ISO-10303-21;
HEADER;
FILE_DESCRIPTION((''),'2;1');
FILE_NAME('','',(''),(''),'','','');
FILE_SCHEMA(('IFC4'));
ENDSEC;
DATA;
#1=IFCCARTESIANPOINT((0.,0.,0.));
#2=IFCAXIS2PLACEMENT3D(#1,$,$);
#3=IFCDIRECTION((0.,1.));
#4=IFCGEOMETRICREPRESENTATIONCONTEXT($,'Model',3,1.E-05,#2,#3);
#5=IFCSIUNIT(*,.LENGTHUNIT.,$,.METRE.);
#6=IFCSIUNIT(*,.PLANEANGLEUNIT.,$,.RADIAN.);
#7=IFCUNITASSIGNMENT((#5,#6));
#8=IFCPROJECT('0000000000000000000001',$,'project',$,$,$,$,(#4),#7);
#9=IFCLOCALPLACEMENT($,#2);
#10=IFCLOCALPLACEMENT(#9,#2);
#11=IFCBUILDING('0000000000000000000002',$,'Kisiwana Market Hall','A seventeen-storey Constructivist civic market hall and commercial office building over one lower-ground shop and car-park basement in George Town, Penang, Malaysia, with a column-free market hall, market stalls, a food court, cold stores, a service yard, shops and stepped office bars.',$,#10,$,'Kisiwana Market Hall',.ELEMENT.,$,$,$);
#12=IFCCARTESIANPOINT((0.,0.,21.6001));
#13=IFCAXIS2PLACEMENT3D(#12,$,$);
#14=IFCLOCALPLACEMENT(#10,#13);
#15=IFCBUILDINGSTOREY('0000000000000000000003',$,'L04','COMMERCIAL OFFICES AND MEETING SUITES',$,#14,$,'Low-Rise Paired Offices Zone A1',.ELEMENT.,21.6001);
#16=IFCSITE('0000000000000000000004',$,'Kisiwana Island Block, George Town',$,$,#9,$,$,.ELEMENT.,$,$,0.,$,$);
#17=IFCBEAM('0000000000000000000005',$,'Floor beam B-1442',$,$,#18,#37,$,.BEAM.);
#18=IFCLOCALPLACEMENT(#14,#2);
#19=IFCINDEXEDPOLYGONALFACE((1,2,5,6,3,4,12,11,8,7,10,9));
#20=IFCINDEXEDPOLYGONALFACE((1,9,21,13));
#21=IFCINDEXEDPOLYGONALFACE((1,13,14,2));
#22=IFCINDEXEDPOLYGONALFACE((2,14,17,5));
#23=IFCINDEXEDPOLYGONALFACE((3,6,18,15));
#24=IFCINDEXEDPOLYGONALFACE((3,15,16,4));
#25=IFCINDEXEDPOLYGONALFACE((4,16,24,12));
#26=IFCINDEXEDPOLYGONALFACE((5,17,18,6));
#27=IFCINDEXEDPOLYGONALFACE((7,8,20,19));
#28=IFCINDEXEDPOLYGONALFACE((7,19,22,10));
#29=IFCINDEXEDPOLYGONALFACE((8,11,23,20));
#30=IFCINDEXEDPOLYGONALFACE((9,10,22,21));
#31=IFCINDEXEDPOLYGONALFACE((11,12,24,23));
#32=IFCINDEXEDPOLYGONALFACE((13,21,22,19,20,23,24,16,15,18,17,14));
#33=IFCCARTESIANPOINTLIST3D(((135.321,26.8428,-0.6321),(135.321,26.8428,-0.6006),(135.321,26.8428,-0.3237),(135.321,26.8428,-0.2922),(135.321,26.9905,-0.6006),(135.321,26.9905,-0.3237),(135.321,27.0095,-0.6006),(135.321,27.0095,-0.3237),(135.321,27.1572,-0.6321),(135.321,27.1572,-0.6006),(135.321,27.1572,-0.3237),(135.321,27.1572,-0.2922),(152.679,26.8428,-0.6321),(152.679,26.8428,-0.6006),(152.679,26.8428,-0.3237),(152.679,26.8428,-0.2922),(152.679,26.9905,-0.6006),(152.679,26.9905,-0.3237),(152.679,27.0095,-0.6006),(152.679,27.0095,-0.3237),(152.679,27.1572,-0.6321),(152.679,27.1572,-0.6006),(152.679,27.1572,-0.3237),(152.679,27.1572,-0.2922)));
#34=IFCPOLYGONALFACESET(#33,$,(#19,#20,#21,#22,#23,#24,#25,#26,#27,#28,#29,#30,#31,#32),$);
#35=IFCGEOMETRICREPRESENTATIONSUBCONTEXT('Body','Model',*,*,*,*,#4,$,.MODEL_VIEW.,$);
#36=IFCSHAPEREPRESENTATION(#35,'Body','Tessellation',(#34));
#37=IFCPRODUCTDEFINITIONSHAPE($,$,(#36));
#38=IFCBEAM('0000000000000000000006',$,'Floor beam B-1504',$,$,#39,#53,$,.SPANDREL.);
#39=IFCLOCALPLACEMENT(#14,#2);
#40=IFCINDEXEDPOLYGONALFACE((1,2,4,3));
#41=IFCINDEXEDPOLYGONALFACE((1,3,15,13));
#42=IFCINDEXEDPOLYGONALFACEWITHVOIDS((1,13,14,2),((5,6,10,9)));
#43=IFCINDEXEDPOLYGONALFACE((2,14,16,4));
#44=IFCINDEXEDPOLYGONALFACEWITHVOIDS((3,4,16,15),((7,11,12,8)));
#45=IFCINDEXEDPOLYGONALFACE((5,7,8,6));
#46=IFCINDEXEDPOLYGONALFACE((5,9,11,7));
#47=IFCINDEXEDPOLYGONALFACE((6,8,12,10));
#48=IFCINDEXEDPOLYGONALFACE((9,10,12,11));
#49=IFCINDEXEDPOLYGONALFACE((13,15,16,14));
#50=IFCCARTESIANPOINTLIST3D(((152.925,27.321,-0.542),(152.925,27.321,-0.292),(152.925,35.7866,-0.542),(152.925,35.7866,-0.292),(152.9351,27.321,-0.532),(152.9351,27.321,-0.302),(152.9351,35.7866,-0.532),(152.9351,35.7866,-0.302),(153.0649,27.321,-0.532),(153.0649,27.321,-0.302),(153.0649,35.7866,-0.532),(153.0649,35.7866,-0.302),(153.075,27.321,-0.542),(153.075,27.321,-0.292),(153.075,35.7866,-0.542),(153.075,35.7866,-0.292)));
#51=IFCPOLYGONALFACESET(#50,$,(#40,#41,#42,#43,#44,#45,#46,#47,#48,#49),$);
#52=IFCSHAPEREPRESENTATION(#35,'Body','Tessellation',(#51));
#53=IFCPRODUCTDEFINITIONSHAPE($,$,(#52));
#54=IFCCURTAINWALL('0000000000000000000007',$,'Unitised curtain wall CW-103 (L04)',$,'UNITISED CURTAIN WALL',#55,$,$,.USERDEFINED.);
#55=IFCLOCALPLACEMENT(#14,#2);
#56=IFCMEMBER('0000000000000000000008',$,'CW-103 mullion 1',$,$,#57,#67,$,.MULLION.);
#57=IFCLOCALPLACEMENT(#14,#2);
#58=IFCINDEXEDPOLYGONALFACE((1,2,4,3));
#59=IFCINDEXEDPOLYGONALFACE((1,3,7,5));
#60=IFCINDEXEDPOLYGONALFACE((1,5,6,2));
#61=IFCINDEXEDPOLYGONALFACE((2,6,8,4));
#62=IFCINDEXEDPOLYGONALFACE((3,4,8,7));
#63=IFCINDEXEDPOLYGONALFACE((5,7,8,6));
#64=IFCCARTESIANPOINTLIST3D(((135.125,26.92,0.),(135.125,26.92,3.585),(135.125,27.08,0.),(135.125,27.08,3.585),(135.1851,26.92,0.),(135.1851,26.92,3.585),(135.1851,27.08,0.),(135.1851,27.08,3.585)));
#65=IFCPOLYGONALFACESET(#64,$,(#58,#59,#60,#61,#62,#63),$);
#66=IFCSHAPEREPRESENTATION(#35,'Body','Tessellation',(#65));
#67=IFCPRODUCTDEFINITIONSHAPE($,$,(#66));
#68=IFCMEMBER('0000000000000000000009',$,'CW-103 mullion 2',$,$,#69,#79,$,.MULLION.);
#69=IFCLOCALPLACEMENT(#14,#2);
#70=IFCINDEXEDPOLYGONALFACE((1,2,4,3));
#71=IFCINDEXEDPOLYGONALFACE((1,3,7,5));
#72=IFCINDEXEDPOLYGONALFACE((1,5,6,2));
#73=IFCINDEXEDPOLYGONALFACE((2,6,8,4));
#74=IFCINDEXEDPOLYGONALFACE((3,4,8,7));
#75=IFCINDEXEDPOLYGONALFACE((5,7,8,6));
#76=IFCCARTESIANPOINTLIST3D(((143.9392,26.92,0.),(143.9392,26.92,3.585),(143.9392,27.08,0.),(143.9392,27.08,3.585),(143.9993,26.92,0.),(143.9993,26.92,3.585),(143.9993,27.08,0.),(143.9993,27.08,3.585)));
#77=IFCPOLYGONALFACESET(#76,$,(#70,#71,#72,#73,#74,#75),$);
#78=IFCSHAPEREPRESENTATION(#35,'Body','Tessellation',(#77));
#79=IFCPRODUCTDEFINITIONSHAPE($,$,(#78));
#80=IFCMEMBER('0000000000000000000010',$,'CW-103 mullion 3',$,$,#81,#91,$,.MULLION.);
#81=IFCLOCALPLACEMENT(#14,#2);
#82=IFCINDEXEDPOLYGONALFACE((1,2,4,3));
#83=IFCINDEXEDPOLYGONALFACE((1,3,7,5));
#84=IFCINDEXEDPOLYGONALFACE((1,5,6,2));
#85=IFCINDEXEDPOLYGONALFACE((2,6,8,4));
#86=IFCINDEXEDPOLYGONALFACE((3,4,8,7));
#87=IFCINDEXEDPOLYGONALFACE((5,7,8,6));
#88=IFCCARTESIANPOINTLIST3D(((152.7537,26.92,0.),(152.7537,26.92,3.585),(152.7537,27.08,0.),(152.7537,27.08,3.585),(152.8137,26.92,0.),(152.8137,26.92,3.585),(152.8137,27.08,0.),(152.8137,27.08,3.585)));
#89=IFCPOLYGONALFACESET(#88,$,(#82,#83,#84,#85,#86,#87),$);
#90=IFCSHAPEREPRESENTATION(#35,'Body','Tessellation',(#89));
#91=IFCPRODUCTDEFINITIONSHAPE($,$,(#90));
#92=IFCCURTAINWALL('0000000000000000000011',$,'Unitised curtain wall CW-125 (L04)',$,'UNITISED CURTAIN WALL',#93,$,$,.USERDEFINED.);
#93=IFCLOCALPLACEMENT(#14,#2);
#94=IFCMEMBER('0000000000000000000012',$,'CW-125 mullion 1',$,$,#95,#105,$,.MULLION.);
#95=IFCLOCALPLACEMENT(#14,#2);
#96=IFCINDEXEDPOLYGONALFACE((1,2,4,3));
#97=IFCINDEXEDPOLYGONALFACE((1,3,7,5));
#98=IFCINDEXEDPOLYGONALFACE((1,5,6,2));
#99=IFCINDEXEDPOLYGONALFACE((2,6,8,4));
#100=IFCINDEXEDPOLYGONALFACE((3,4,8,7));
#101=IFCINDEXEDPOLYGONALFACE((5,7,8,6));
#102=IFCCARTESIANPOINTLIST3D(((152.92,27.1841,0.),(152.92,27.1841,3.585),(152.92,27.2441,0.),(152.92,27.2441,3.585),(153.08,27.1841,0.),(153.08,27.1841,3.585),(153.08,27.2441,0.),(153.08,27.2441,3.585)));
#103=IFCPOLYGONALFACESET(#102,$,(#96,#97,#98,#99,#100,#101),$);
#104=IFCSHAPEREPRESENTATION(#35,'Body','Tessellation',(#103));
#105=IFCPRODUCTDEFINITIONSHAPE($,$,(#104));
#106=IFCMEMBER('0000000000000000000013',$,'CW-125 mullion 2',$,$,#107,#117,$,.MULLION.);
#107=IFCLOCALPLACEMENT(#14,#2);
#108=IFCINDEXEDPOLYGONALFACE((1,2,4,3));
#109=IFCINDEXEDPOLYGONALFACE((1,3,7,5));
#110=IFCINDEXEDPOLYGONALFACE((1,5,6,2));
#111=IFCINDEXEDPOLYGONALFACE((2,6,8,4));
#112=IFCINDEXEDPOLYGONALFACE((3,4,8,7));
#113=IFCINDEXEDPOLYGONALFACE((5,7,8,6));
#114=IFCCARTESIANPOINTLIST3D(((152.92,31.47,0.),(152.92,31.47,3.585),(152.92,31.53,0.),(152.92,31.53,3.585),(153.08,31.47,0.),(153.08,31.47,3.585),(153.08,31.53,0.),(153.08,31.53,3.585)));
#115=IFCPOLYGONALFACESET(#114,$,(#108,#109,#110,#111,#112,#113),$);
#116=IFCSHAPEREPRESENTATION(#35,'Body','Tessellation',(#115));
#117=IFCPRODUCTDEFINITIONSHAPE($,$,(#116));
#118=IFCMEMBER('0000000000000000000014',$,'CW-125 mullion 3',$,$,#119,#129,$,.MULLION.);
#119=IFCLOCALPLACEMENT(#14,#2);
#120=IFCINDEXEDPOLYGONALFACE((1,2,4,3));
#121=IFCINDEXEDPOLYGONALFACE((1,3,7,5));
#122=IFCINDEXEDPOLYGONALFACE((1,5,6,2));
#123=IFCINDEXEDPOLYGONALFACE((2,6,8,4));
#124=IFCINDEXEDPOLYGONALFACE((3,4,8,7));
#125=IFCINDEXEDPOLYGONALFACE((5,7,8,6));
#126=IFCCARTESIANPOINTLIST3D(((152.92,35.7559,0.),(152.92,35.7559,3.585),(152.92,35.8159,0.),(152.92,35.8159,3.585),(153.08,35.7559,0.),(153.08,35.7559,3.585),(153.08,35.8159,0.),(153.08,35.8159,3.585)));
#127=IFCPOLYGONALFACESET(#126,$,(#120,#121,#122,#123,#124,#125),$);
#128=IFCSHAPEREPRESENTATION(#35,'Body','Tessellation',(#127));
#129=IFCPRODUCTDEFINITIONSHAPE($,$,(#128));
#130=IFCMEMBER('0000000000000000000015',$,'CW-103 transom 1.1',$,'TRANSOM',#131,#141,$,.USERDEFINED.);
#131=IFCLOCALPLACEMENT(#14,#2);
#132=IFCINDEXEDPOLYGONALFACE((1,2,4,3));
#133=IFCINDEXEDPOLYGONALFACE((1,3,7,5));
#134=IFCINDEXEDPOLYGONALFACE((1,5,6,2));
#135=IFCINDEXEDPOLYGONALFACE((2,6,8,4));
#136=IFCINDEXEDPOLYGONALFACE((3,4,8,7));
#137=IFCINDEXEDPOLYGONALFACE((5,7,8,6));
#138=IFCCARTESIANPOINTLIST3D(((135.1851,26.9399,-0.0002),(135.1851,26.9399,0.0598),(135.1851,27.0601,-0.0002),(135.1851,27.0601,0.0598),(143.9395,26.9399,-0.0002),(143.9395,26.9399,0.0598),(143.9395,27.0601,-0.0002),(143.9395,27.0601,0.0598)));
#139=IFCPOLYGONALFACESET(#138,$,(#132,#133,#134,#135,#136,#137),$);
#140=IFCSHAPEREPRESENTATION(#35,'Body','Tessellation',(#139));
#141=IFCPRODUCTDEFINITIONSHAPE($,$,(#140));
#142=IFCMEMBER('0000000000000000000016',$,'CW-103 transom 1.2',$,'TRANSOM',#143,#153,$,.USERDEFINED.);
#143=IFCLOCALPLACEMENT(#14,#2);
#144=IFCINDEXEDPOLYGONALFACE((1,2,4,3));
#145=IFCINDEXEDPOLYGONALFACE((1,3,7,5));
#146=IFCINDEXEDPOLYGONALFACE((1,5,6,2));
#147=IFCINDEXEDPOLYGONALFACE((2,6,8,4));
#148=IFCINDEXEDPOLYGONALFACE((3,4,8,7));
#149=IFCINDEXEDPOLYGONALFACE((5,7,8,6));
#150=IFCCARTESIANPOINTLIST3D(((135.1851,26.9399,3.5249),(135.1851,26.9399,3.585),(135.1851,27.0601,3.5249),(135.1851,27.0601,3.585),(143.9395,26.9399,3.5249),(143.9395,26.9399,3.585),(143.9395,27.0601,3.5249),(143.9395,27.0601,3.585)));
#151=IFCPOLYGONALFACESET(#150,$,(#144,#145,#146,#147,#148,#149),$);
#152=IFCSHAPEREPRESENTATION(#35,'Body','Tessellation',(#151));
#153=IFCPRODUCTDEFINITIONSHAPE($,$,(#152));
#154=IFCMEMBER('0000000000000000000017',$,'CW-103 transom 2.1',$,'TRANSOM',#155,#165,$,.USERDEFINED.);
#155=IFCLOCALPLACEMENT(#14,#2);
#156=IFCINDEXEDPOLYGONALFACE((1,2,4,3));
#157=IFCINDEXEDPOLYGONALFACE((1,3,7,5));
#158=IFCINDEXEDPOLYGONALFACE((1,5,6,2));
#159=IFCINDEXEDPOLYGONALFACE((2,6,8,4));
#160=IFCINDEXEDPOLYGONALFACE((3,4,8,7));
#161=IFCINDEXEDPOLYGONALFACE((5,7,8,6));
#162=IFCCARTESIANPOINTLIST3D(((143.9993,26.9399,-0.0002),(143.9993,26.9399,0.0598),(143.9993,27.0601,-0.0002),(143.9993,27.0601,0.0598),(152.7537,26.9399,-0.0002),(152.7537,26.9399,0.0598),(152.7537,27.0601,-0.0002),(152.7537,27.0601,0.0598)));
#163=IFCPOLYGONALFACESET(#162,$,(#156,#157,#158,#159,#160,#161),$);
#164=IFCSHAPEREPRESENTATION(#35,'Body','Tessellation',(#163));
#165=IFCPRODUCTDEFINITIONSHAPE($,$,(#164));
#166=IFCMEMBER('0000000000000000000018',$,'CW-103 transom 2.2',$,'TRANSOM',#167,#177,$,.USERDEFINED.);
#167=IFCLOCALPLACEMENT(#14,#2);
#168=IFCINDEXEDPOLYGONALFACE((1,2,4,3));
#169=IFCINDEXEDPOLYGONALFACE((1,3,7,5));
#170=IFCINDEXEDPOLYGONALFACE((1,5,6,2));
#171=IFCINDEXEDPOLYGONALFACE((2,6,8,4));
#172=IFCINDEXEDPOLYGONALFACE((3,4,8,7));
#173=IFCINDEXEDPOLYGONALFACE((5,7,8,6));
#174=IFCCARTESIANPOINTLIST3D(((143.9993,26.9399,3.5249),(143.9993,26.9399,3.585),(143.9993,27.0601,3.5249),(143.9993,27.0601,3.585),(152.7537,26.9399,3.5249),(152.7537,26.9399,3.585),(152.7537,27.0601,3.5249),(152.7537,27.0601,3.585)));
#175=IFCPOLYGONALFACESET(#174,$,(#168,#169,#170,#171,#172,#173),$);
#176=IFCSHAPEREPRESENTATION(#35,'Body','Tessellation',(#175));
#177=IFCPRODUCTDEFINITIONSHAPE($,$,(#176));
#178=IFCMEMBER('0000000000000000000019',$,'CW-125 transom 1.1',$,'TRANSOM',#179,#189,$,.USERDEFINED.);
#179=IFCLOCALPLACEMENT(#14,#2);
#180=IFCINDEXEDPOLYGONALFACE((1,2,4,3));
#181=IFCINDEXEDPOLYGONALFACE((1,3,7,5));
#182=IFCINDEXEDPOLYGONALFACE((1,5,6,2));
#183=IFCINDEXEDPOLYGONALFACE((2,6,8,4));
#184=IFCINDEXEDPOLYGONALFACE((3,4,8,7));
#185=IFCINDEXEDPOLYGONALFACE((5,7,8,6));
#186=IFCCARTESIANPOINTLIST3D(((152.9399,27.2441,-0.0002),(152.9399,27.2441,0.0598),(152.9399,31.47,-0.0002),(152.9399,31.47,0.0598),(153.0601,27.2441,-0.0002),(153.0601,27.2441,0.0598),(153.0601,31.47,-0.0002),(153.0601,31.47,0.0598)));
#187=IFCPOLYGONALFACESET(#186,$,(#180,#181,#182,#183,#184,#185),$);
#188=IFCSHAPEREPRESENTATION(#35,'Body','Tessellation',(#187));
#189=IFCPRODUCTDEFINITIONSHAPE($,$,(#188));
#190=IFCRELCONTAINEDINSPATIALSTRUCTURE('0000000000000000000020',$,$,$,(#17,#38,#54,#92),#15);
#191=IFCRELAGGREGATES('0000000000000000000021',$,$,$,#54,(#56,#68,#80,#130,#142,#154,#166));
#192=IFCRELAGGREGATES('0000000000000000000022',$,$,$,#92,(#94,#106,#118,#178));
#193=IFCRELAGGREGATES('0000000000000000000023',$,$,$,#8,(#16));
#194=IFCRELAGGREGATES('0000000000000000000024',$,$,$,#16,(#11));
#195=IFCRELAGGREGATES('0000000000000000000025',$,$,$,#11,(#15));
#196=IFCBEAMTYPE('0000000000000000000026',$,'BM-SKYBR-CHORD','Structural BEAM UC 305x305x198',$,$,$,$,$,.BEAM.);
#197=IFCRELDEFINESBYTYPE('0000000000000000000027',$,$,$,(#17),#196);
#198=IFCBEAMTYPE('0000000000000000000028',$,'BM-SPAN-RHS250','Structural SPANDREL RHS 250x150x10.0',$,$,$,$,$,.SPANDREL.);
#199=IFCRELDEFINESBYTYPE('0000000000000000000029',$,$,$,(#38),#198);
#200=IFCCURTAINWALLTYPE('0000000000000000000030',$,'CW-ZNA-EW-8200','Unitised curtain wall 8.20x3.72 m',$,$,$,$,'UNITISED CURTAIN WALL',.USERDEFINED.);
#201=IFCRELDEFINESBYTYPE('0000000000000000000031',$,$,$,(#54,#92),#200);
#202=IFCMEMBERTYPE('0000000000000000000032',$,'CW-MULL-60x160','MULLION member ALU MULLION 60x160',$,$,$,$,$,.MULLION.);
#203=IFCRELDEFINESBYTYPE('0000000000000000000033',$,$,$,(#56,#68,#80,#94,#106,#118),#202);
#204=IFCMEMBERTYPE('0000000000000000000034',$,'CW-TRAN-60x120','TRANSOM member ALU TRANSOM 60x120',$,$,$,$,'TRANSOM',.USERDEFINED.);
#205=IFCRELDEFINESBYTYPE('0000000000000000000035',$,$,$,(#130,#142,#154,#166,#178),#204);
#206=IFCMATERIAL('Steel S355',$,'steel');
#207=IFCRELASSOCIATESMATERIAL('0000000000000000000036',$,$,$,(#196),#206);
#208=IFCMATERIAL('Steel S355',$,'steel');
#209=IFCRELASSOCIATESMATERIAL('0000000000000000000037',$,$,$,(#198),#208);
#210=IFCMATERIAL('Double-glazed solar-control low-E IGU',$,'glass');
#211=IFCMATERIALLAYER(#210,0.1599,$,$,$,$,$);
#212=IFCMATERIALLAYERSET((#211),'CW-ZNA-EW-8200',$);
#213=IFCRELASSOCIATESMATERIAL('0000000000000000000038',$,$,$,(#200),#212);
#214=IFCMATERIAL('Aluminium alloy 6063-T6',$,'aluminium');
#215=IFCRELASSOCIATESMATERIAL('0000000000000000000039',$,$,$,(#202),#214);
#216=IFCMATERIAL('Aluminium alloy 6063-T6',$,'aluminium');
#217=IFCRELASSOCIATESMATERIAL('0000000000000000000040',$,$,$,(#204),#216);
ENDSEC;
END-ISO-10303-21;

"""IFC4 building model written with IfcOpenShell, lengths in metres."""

from ifc_helpers import new_model, si_unit, direction, frame, origin, origin_2d, place, context, subcontext, project, spatial, rectangle, hollow_rectangle, i_section, extrude, material, layer, layer_set, material_profile, profile_set, type_object, element, aggregate, save


model = new_model("IFC4")

# Units and contexts
model_context = context("Model", 3, precision=1e-05, world=origin(), true_north=direction((0.0, 1.0)))
body_context = subcontext(model_context, "Body", "Model", "MODEL_VIEW")
ifc_project = project(units=[si_unit("LENGTHUNIT", "METRE"), si_unit("PLANEANGLEUNIT", "RADIAN")], contexts=[model_context])

# Site, building, storey
site_placement = place(None, origin())
site = spatial("IfcSite", under=ifc_project, at=site_placement, Name="Kisiwana Island Block, George Town", CompositionType="ELEMENT", RefElevation=0.0)
building_placement = place(site_placement, origin())
building = spatial("IfcBuilding", under=site, at=building_placement, Name="Kisiwana Market Hall", Description="A seventeen-storey Constructivist civic market hall and commercial office building over one lower-ground shop and car-park basement in George Town, Penang, Malaysia, with a column-free market hall, market stalls, a food court, cold stores, a service yard, shops and stepped office bars.", LongName="Kisiwana Market Hall", CompositionType="ELEMENT")
storey_placement = place(building_placement, frame((0.0, 0.0, 21.6001)))
storey = spatial("IfcBuildingStorey", under=building, at=storey_placement, Name="L04", Description="COMMERCIAL OFFICES AND MEETING SUITES", LongName="Low-Rise Paired Offices Zone A1", CompositionType="ELEMENT", Elevation=21.6001)

# Beams
ifc_material_1 = material(Name="Steel S355", Category="steel")
ifc_material_profile_1 = material_profile(ifc_material_1, i_section(OverallWidth=0.3145, OverallDepth=0.3398, WebThickness=0.019, FlangeThickness=0.0315, at=origin_2d()), Name="UC 305x305x198")
ifc_profile_set_1 = profile_set([ifc_material_profile_1], Name="Steel S355")
beam_type_1 = type_object("IfcBeamType", Name="BM-SKYBR-CHORD", Description="Structural BEAM UC 305x305x198", PredefinedType="BEAM", material=ifc_profile_set_1)
beam_1_placement = place(storey_placement, frame((135.321, 27.0, -0.4622), z_axis=(1.0, 0.0, 0.0), x_axis=(0.0, 1.0, 0.0)))
element("IfcBeam", 1, at=beam_1_placement, inside=storey, type_object=beam_type_1, Name="Floor beam B-1442", PredefinedType="BEAM", context=body_context, shape_type="SweptSolid", body=[
    extrude(i_section(OverallWidth=0.3145, OverallDepth=0.3398, WebThickness=0.019, FlangeThickness=0.0315, at=origin_2d()), origin(), (0.0, 0.0, 1.0), 17.3579),
])
ifc_material_2 = material(Name="Steel S355", Category="steel")
ifc_material_profile_2 = material_profile(ifc_material_2, hollow_rectangle(XDim=0.1499, YDim=0.25, WallThickness=0.01, at=origin_2d()), Name="RHS 250x150x10.0")
ifc_profile_set_2 = profile_set([ifc_material_profile_2], Name="Steel S355")
beam_type_2 = type_object("IfcBeamType", Name="BM-SPAN-RHS250", Description="Structural SPANDREL RHS 250x150x10.0", PredefinedType="SPANDREL", material=ifc_profile_set_2)
beam_2_placement = place(storey_placement, frame((153.0, 27.321, -0.417), z_axis=(0.0, 1.0, 0.0), x_axis=(-1.0, 0.0, 0.0)))
element("IfcBeam", 2, at=beam_2_placement, inside=storey, type_object=beam_type_2, Name="Floor beam B-1504", PredefinedType="SPANDREL", context=body_context, shape_type="SweptSolid", body=[
    extrude(hollow_rectangle(XDim=0.1499, YDim=0.25, WallThickness=0.01, at=origin_2d()), origin(), (0.0, 0.0, 1.0), 8.4656),
])

# Curtain walls, members
ifc_material_3 = material(Name="Double-glazed solar-control low-E IGU", Category="glass")
ifc_layer_1 = layer(ifc_material_3, 0.1599)
ifc_layer_set_1 = layer_set([ifc_layer_1], Name="CW-ZNA-EW-8200")
curtain_wall_type = type_object("IfcCurtainWallType", Name="CW-ZNA-EW-8200", Description="Unitised curtain wall 8.20x3.72 m", ElementType="UNITISED CURTAIN WALL", PredefinedType="USERDEFINED", material=ifc_layer_set_1)
curtain_wall_1_placement = place(storey_placement, origin())
curtain_wall_1 = element("IfcCurtainWall", 3, at=curtain_wall_1_placement, inside=storey, type_object=curtain_wall_type, Name="Unitised curtain wall CW-103 (L04)", ObjectType="UNITISED CURTAIN WALL", PredefinedType="USERDEFINED")
ifc_material_4 = material(Name="Aluminium alloy 6063-T6", Category="aluminium")
ifc_material_profile_3 = material_profile(ifc_material_4, rectangle(XDim=0.0601, YDim=0.1599, at=origin_2d()), Name="ALU MULLION 60x160")
ifc_profile_set_3 = profile_set([ifc_material_profile_3], Name="Aluminium alloy 6063-T6")
member_type_1 = type_object("IfcMemberType", Name="CW-MULL-60x160", Description="MULLION member ALU MULLION 60x160", PredefinedType="MULLION", material=ifc_profile_set_3)
member_1_placement = place(storey_placement, frame((135.155, 27.0, 0.0), z_axis=(0.0, 0.0, 1.0), x_axis=(1.0, 0.0, 0.0)))
member_1 = element("IfcMember", 4, at=member_1_placement, type_object=member_type_1, Name="CW-103 mullion 1", PredefinedType="MULLION", context=body_context, shape_type="SweptSolid", body=[
    extrude(rectangle(XDim=0.0601, YDim=0.1599, at=origin_2d()), origin(), (0.0, 0.0, 1.0), 3.585),
])
member_2_placement = place(storey_placement, frame((143.9692, 27.0, 0.0), z_axis=(0.0, 0.0, 1.0), x_axis=(1.0, 0.0, 0.0)))
member_2 = element("IfcMember", 5, at=member_2_placement, type_object=member_type_1, Name="CW-103 mullion 2", PredefinedType="MULLION", context=body_context, shape_type="SweptSolid", body=[
    extrude(rectangle(XDim=0.0601, YDim=0.1599, at=origin_2d()), origin(), (0.0, 0.0, 1.0), 3.585),
])
member_3_placement = place(storey_placement, frame((152.7837, 27.0, 0.0), z_axis=(0.0, 0.0, 1.0), x_axis=(1.0, 0.0, 0.0)))
member_3 = element("IfcMember", 6, at=member_3_placement, type_object=member_type_1, Name="CW-103 mullion 3", PredefinedType="MULLION", context=body_context, shape_type="SweptSolid", body=[
    extrude(rectangle(XDim=0.0601, YDim=0.1599, at=origin_2d()), origin(), (0.0, 0.0, 1.0), 3.585),
])
curtain_wall_2_placement = place(storey_placement, origin())
curtain_wall_2 = element("IfcCurtainWall", 7, at=curtain_wall_2_placement, inside=storey, type_object=curtain_wall_type, Name="Unitised curtain wall CW-125 (L04)", ObjectType="UNITISED CURTAIN WALL", PredefinedType="USERDEFINED")
member_4_placement = place(storey_placement, frame((153.0, 27.2141, 0.0), z_axis=(0.0, 0.0, 1.0), x_axis=(0.0, 1.0, 0.0)))
member_4 = element("IfcMember", 8, at=member_4_placement, type_object=member_type_1, Name="CW-125 mullion 1", PredefinedType="MULLION", context=body_context, shape_type="SweptSolid", body=[
    extrude(rectangle(XDim=0.0601, YDim=0.1599, at=origin_2d()), origin(), (0.0, 0.0, 1.0), 3.585),
])
member_5_placement = place(storey_placement, frame((153.0, 31.5, 0.0), z_axis=(0.0, 0.0, 1.0), x_axis=(0.0, 1.0, 0.0)))
member_5 = element("IfcMember", 9, at=member_5_placement, type_object=member_type_1, Name="CW-125 mullion 2", PredefinedType="MULLION", context=body_context, shape_type="SweptSolid", body=[
    extrude(rectangle(XDim=0.0601, YDim=0.1599, at=origin_2d()), origin(), (0.0, 0.0, 1.0), 3.585),
])
member_6_placement = place(storey_placement, frame((153.0, 35.7859, 0.0), z_axis=(0.0, 0.0, 1.0), x_axis=(0.0, 1.0, 0.0)))
member_6 = element("IfcMember", 10, at=member_6_placement, type_object=member_type_1, Name="CW-125 mullion 3", PredefinedType="MULLION", context=body_context, shape_type="SweptSolid", body=[
    extrude(rectangle(XDim=0.0601, YDim=0.1599, at=origin_2d()), origin(), (0.0, 0.0, 1.0), 3.585),
])

# Members
ifc_material_5 = material(Name="Aluminium alloy 6063-T6", Category="aluminium")
ifc_material_profile_4 = material_profile(ifc_material_5, rectangle(XDim=0.1201, YDim=0.0601, at=origin_2d()), Name="ALU TRANSOM 60x120")
ifc_profile_set_4 = profile_set([ifc_material_profile_4], Name="Aluminium alloy 6063-T6")
member_type_2 = type_object("IfcMemberType", Name="CW-TRAN-60x120", Description="TRANSOM member ALU TRANSOM 60x120", ElementType="TRANSOM", PredefinedType="USERDEFINED", material=ifc_profile_set_4)
member_7_placement = place(storey_placement, frame((135.1851, 27.0, 0.0298), z_axis=(1.0, 0.0, 0.0), x_axis=(0.0, 1.0, 0.0)))
member_7 = element("IfcMember", 11, at=member_7_placement, type_object=member_type_2, Name="CW-103 transom 1.1", ObjectType="TRANSOM", PredefinedType="USERDEFINED", context=body_context, shape_type="SweptSolid", body=[
    extrude(rectangle(XDim=0.1201, YDim=0.0601, at=origin_2d()), origin(), (0.0, 0.0, 1.0), 8.7544),
])
member_8_placement = place(storey_placement, frame((135.1851, 27.0, 3.5549), z_axis=(1.0, 0.0, 0.0), x_axis=(0.0, 1.0, 0.0)))
member_8 = element("IfcMember", 12, at=member_8_placement, type_object=member_type_2, Name="CW-103 transom 1.2", ObjectType="TRANSOM", PredefinedType="USERDEFINED", context=body_context, shape_type="SweptSolid", body=[
    extrude(rectangle(XDim=0.1201, YDim=0.0601, at=origin_2d()), origin(), (0.0, 0.0, 1.0), 8.7544),
])
member_9_placement = place(storey_placement, frame((143.9993, 27.0, 0.0298), z_axis=(1.0, 0.0, 0.0), x_axis=(0.0, 1.0, 0.0)))
member_9 = element("IfcMember", 13, at=member_9_placement, type_object=member_type_2, Name="CW-103 transom 2.1", ObjectType="TRANSOM", PredefinedType="USERDEFINED", context=body_context, shape_type="SweptSolid", body=[
    extrude(rectangle(XDim=0.1201, YDim=0.0601, at=origin_2d()), origin(), (0.0, 0.0, 1.0), 8.7544),
])
member_10_placement = place(storey_placement, frame((143.9993, 27.0, 3.5549), z_axis=(1.0, 0.0, 0.0), x_axis=(0.0, 1.0, 0.0)))
member_10 = element("IfcMember", 14, at=member_10_placement, type_object=member_type_2, Name="CW-103 transom 2.2", ObjectType="TRANSOM", PredefinedType="USERDEFINED", context=body_context, shape_type="SweptSolid", body=[
    extrude(rectangle(XDim=0.1201, YDim=0.0601, at=origin_2d()), origin(), (0.0, 0.0, 1.0), 8.7544),
])
member_11_placement = place(storey_placement, frame((153.0, 27.2441, 0.0298), z_axis=(0.0, 1.0, 0.0), x_axis=(-1.0, 0.0, 0.0)))
member_11 = element("IfcMember", 15, at=member_11_placement, type_object=member_type_2, Name="CW-125 transom 1.1", ObjectType="TRANSOM", PredefinedType="USERDEFINED", context=body_context, shape_type="SweptSolid", body=[
    extrude(rectangle(XDim=0.1201, YDim=0.0601, at=origin_2d()), origin(), (0.0, 0.0, 1.0), 4.2258),
])

aggregate(curtain_wall_1, [member_1, member_2, member_3, member_7, member_8, member_9, member_10])
aggregate(curtain_wall_2, [member_4, member_5, member_6, member_11])

save(model, "model.ifc")
